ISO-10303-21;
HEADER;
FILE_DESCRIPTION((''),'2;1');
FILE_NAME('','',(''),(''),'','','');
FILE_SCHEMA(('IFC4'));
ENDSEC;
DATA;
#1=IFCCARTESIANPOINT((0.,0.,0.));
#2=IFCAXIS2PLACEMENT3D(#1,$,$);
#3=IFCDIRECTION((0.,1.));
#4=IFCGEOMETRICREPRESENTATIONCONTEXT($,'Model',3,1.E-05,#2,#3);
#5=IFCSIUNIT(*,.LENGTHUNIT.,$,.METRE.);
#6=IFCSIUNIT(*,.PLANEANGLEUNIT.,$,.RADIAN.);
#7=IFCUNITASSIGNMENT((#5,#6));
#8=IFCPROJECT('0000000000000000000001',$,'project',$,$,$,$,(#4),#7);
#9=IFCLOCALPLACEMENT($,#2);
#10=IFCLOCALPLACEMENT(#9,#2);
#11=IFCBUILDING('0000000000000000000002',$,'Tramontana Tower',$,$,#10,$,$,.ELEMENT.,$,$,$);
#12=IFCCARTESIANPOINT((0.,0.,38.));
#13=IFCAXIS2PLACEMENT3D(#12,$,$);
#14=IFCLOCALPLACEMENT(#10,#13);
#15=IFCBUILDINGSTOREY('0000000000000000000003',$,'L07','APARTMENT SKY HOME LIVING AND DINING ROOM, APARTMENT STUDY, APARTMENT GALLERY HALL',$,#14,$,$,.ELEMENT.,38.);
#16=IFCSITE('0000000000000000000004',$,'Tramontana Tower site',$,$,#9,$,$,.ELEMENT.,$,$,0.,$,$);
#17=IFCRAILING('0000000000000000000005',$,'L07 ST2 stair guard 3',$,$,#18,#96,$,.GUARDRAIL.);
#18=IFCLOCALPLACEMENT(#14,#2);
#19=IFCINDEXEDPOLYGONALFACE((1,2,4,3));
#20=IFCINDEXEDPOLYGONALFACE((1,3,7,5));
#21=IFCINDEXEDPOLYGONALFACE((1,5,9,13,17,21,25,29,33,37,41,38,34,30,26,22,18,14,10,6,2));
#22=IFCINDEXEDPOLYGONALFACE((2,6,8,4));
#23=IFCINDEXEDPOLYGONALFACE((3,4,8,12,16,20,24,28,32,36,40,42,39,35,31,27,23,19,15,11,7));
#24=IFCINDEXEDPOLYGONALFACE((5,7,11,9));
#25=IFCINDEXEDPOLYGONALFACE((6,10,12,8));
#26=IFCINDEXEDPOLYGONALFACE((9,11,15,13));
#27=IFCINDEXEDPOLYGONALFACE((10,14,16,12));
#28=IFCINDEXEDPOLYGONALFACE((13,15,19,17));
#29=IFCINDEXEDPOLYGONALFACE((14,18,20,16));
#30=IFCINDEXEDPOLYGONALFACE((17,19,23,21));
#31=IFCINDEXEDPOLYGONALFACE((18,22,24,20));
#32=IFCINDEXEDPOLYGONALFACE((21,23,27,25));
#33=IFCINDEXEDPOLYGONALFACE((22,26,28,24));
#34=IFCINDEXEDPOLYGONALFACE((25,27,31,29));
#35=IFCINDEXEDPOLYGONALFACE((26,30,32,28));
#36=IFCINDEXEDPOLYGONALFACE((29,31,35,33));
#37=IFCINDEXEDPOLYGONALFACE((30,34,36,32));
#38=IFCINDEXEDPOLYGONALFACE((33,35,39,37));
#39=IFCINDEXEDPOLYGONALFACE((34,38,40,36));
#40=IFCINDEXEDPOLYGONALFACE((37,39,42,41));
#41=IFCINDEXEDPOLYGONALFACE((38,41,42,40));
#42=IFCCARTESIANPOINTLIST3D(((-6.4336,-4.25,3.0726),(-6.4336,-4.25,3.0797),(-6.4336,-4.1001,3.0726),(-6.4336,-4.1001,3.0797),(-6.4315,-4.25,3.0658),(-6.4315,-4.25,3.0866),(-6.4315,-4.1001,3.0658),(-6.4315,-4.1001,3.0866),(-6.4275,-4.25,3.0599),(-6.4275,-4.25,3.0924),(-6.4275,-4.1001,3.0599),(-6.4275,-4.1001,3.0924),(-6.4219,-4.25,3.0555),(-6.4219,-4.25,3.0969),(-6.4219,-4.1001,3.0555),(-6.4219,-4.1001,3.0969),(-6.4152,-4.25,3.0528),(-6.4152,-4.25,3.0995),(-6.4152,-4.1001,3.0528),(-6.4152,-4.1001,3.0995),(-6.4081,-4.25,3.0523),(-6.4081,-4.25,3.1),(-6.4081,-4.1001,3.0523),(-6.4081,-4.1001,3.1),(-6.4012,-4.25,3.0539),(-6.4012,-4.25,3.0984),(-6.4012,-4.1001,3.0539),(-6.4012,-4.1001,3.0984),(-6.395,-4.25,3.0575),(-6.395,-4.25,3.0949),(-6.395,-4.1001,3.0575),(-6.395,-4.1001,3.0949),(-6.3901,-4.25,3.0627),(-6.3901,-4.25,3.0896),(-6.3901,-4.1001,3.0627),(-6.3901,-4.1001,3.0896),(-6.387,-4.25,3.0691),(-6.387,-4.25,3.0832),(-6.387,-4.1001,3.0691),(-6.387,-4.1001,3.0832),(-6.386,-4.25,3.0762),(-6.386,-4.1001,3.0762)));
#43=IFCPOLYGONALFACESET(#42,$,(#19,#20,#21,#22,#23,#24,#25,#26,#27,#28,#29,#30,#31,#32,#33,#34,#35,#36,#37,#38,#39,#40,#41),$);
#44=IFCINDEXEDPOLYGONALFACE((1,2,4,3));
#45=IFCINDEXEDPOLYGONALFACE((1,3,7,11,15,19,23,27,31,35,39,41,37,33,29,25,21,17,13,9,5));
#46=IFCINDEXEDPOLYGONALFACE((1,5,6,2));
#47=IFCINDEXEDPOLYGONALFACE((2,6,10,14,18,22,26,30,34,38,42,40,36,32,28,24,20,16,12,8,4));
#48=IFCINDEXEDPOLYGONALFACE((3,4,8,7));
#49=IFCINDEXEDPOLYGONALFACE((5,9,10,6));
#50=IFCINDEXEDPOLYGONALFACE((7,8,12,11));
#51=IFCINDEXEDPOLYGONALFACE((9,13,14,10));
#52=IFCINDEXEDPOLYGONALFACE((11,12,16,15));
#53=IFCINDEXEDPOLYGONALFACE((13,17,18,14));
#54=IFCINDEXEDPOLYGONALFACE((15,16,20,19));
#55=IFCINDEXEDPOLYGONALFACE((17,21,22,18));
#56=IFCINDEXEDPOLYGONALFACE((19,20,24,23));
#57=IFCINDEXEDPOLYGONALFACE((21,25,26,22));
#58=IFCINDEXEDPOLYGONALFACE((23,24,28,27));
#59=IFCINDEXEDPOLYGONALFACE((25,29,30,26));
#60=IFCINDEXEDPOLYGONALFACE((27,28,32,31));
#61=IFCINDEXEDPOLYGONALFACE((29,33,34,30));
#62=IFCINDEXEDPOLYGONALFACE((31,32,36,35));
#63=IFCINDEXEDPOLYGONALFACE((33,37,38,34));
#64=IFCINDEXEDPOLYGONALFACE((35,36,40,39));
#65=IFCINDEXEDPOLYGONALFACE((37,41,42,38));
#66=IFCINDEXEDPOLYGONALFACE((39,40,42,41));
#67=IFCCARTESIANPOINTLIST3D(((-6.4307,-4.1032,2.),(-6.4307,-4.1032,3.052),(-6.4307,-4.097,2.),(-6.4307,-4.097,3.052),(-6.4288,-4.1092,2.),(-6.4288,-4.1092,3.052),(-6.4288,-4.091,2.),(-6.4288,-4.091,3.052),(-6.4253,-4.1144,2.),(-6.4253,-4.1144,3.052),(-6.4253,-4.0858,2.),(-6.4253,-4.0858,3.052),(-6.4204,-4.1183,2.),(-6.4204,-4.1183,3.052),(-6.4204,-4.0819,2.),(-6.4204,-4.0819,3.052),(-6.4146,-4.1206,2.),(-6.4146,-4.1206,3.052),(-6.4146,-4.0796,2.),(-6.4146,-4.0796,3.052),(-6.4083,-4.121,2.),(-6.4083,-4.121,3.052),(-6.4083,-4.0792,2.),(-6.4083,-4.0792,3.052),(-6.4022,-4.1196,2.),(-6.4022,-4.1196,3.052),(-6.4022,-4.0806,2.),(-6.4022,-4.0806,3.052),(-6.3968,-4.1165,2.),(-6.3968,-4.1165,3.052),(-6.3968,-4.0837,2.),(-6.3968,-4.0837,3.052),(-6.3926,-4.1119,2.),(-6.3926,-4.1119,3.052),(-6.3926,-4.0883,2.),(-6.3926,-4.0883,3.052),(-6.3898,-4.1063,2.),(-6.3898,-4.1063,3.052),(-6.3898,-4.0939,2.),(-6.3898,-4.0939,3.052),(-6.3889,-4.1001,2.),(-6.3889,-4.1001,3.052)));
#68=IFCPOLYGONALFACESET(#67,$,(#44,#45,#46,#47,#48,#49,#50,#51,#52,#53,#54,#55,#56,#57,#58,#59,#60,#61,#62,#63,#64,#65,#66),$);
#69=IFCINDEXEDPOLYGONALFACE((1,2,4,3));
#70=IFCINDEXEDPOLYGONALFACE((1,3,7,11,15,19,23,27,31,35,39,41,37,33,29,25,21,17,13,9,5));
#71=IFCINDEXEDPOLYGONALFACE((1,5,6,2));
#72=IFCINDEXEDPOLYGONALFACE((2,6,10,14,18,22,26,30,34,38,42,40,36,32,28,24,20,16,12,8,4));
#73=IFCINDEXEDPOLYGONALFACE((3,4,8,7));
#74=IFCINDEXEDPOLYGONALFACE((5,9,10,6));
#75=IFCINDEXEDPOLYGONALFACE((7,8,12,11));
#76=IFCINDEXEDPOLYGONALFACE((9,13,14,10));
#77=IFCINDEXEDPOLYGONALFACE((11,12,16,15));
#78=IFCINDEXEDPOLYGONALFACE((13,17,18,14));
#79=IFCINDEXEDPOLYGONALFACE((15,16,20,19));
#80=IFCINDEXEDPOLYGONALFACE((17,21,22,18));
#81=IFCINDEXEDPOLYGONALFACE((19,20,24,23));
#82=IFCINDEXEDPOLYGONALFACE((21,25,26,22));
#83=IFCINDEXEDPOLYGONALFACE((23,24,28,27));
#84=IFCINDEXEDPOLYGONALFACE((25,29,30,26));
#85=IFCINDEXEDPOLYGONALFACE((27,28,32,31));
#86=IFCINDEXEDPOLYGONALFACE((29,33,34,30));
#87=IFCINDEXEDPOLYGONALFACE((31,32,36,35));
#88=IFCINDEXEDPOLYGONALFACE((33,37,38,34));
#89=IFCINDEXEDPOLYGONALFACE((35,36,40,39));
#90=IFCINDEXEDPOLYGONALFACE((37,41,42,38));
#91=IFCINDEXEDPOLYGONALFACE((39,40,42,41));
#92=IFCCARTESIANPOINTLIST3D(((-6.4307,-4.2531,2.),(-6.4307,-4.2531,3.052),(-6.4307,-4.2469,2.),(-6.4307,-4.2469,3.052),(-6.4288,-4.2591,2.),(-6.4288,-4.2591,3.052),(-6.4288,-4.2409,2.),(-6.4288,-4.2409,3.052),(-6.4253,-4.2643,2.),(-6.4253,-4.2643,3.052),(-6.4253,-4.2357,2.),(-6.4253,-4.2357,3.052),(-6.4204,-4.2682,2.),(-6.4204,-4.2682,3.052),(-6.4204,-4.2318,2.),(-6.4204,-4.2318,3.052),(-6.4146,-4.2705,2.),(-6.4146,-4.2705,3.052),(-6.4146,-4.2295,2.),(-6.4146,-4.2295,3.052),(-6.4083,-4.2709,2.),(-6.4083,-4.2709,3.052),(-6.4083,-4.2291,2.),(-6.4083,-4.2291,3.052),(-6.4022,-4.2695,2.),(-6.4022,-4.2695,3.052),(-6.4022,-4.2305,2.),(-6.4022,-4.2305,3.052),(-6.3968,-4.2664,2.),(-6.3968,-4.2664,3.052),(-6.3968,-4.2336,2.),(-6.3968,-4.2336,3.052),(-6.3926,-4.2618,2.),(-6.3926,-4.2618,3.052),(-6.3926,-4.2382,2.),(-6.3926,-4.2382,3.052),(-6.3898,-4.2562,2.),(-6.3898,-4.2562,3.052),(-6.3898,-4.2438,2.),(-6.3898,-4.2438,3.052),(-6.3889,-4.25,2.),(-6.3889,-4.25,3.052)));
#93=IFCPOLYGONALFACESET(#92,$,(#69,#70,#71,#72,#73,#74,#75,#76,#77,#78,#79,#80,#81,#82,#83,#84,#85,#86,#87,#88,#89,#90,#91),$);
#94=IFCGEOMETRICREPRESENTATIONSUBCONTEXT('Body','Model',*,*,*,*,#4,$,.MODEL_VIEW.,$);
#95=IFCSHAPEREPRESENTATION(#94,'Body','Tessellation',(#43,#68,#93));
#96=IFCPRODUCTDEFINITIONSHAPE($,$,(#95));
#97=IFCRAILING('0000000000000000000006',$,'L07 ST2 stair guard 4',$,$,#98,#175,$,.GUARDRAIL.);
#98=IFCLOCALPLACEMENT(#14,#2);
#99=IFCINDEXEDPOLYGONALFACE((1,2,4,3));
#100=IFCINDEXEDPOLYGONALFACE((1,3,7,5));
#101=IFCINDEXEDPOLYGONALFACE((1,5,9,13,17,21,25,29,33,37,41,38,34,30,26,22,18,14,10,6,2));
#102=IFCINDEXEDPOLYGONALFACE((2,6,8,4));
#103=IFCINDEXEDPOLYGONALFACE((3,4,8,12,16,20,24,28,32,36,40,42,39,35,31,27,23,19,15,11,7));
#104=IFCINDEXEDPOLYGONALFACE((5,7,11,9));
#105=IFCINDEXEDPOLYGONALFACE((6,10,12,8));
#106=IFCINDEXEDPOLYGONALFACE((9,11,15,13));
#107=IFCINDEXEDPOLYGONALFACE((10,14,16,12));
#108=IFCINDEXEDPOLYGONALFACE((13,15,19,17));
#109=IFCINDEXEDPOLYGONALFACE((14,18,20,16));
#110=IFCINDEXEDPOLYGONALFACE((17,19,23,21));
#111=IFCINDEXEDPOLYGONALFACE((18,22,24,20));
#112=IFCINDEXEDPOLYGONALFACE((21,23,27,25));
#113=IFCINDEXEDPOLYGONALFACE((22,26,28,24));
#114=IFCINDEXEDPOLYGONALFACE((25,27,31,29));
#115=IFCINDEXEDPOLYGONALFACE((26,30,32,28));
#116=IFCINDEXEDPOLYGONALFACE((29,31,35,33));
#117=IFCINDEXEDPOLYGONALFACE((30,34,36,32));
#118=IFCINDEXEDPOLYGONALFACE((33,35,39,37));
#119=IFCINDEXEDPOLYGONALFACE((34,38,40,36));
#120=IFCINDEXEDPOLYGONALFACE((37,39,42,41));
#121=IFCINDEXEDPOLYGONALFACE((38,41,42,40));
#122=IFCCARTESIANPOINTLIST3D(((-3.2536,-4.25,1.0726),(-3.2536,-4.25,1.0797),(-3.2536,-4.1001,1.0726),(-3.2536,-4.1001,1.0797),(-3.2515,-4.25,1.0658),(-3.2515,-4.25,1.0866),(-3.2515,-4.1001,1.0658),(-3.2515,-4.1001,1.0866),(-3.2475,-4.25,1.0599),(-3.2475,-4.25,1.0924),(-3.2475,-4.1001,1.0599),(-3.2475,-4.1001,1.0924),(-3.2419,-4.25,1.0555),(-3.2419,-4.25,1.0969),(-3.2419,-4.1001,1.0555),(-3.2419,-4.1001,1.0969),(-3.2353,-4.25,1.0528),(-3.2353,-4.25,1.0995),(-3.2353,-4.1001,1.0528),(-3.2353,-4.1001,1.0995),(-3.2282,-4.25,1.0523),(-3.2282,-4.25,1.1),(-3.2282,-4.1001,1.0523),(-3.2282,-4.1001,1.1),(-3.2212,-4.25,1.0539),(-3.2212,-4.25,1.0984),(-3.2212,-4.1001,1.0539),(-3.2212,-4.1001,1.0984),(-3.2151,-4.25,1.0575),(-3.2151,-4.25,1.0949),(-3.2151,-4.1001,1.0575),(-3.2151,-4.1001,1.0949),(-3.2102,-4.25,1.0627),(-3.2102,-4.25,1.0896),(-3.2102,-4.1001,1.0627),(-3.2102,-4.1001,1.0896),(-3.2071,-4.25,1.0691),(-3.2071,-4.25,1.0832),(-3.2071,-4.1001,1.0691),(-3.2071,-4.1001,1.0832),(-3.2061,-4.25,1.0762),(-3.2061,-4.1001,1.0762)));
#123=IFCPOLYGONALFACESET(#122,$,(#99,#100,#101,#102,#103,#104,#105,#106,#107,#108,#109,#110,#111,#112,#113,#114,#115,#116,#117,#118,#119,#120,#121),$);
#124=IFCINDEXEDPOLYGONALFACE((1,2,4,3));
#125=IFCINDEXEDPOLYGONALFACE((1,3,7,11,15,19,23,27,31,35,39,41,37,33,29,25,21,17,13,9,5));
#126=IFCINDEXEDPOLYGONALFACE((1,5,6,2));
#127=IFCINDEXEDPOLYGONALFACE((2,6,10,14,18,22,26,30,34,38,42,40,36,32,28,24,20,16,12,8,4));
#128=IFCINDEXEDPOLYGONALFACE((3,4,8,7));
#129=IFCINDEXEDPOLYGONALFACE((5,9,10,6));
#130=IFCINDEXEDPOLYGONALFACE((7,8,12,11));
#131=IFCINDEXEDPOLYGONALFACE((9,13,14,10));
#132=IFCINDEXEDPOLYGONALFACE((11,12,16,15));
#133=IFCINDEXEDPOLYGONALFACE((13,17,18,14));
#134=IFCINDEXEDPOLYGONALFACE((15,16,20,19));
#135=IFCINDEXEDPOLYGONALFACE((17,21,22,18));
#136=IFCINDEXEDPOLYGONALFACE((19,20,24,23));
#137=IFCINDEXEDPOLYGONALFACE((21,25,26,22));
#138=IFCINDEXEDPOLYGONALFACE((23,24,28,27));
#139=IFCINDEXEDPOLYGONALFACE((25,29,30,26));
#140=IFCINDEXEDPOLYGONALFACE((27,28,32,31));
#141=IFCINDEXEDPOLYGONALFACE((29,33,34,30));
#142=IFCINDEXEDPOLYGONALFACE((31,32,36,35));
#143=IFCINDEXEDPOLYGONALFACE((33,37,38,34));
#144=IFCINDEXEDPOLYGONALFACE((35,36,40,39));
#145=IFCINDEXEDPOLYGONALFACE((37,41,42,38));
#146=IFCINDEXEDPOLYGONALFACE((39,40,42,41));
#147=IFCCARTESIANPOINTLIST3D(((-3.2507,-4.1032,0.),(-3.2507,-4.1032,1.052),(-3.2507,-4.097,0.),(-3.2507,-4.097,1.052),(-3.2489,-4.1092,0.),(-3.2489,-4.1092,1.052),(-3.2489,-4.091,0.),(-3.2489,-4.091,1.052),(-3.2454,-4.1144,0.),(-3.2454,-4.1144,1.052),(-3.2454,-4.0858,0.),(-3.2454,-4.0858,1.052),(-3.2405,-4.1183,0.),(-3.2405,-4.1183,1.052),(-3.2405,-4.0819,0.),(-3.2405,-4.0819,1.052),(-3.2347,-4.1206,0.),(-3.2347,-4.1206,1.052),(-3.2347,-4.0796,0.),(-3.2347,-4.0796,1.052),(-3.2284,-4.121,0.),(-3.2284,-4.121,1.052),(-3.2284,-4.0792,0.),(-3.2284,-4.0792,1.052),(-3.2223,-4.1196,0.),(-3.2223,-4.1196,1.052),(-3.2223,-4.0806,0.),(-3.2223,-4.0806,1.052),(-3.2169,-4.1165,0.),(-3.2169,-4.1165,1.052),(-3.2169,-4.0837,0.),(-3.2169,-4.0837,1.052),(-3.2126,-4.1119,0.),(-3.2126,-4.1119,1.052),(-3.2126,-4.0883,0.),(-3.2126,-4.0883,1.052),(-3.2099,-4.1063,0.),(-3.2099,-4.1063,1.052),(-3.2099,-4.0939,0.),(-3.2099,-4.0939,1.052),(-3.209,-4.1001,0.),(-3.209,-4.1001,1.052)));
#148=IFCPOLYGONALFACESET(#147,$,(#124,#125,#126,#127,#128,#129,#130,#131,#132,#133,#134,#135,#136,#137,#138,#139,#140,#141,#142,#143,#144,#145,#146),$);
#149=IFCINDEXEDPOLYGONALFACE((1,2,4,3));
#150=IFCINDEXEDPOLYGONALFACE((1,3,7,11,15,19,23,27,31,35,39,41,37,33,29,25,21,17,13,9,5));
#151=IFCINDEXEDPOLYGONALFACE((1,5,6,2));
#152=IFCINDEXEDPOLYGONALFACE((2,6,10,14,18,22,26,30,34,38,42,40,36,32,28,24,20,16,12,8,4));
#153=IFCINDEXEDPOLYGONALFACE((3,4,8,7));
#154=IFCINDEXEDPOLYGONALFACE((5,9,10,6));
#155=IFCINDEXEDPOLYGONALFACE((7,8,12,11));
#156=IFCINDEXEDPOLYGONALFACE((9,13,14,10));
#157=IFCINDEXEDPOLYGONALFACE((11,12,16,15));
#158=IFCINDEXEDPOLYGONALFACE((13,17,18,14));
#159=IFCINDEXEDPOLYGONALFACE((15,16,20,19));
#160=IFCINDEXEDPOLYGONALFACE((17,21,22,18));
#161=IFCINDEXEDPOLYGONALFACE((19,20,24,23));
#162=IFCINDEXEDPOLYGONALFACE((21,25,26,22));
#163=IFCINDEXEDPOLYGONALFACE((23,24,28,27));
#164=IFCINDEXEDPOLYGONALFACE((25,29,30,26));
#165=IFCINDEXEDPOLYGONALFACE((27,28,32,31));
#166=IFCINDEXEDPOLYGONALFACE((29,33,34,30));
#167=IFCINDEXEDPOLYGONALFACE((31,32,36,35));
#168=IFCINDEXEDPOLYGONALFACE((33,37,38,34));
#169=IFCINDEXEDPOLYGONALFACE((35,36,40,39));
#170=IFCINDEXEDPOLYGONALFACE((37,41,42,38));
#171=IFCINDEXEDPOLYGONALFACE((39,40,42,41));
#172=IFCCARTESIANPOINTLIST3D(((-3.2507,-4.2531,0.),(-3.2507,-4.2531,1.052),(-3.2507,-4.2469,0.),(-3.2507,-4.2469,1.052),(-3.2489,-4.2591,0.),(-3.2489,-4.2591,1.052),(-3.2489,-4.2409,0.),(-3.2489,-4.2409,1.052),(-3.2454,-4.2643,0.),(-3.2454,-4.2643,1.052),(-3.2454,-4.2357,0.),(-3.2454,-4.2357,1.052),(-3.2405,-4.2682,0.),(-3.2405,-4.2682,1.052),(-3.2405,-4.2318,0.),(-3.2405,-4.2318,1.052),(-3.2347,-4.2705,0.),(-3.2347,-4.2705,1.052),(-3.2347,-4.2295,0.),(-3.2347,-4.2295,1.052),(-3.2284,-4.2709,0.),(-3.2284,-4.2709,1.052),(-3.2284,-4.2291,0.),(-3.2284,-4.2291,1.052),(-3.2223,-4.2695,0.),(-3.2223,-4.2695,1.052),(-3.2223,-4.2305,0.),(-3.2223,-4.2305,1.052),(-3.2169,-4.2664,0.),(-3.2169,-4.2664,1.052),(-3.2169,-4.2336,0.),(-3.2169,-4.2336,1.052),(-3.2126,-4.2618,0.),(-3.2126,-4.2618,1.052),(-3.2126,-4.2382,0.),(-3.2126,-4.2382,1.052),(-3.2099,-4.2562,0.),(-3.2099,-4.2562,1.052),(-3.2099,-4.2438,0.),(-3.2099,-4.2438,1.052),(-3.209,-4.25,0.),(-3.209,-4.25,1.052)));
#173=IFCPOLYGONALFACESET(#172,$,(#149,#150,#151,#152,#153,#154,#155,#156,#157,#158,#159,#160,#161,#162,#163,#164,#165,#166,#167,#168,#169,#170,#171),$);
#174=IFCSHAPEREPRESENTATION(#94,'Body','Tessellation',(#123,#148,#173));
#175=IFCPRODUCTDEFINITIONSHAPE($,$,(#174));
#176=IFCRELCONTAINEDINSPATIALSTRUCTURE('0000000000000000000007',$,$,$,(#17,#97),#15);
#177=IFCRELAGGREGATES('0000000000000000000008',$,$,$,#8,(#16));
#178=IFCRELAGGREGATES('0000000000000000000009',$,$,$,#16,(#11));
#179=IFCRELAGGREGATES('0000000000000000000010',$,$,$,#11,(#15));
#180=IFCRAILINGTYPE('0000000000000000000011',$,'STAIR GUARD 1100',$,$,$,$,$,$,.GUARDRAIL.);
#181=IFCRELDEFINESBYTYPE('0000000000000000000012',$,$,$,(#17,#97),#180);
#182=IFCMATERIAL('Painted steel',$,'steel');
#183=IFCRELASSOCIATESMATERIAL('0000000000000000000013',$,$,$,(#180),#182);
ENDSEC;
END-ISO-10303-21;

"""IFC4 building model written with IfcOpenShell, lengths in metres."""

from ifc_helpers import new_model, si_unit, direction, frame, origin, origin_2d, place, context, subcontext, project, spatial, circle, extrude, material, type_object, element, save


model = new_model("IFC4")

# Units and contexts
model_context = context("Model", 3, precision=1e-05, world=origin(), true_north=direction((0.0, 1.0)))
body_context = subcontext(model_context, "Body", "Model", "MODEL_VIEW")
ifc_project = project(units=[si_unit("LENGTHUNIT", "METRE"), si_unit("PLANEANGLEUNIT", "RADIAN")], contexts=[model_context])

# Site, building, storey
site_placement = place(None, origin())
site = spatial("IfcSite", under=ifc_project, at=site_placement, Name="Tramontana Tower site", CompositionType="ELEMENT", RefElevation=0.0)
building_placement = place(site_placement, origin())
building = spatial("IfcBuilding", under=site, at=building_placement, Name="Tramontana Tower", CompositionType="ELEMENT")
storey_placement = place(building_placement, frame((0.0, 0.0, 38.0)))
storey = spatial("IfcBuildingStorey", under=building, at=storey_placement, Name="L07", Description="APARTMENT SKY HOME LIVING AND DINING ROOM, APARTMENT STUDY, APARTMENT GALLERY HALL", CompositionType="ELEMENT", Elevation=38.0)

# Railings
ifc_material_1 = material(Name="Painted steel", Category="steel")
railing_type_1 = type_object("IfcRailingType", Name="STAIR GUARD 1100", PredefinedType="GUARDRAIL", material=ifc_material_1)
for number, where, name in (
    (1, (-6.4099, -4.1001, 2.0), "L07 ST2 stair guard 3"),
    (2, (-3.23, -4.1001, 0.0), "L07 ST2 stair guard 4"),
):
    element("IfcRailing", number, at=place(storey_placement, frame(where)), inside=storey, type_object=railing_type_1, Name=name, PredefinedType="GUARDRAIL", context=body_context, shape_type="SweptSolid", body=[
        extrude(circle(Radius=0.0239, at=origin_2d()), frame((0.0, 0.0, 1.0762), z_axis=(0.0, -1.0, 0.0), x_axis=(1.0, 0.0, 0.0)), (0.0, 0.0, 1.0), 0.1499),
        extrude(circle(Radius=0.021, at=origin_2d()), origin(), (0.0, 0.0, 1.0), 1.052),
        extrude(circle(Radius=0.021, at=origin_2d()), frame((0.0, -0.1499, 0.0)), (0.0, 0.0, 1.0), 1.052),
    ])

save(model, "model.ifc")
